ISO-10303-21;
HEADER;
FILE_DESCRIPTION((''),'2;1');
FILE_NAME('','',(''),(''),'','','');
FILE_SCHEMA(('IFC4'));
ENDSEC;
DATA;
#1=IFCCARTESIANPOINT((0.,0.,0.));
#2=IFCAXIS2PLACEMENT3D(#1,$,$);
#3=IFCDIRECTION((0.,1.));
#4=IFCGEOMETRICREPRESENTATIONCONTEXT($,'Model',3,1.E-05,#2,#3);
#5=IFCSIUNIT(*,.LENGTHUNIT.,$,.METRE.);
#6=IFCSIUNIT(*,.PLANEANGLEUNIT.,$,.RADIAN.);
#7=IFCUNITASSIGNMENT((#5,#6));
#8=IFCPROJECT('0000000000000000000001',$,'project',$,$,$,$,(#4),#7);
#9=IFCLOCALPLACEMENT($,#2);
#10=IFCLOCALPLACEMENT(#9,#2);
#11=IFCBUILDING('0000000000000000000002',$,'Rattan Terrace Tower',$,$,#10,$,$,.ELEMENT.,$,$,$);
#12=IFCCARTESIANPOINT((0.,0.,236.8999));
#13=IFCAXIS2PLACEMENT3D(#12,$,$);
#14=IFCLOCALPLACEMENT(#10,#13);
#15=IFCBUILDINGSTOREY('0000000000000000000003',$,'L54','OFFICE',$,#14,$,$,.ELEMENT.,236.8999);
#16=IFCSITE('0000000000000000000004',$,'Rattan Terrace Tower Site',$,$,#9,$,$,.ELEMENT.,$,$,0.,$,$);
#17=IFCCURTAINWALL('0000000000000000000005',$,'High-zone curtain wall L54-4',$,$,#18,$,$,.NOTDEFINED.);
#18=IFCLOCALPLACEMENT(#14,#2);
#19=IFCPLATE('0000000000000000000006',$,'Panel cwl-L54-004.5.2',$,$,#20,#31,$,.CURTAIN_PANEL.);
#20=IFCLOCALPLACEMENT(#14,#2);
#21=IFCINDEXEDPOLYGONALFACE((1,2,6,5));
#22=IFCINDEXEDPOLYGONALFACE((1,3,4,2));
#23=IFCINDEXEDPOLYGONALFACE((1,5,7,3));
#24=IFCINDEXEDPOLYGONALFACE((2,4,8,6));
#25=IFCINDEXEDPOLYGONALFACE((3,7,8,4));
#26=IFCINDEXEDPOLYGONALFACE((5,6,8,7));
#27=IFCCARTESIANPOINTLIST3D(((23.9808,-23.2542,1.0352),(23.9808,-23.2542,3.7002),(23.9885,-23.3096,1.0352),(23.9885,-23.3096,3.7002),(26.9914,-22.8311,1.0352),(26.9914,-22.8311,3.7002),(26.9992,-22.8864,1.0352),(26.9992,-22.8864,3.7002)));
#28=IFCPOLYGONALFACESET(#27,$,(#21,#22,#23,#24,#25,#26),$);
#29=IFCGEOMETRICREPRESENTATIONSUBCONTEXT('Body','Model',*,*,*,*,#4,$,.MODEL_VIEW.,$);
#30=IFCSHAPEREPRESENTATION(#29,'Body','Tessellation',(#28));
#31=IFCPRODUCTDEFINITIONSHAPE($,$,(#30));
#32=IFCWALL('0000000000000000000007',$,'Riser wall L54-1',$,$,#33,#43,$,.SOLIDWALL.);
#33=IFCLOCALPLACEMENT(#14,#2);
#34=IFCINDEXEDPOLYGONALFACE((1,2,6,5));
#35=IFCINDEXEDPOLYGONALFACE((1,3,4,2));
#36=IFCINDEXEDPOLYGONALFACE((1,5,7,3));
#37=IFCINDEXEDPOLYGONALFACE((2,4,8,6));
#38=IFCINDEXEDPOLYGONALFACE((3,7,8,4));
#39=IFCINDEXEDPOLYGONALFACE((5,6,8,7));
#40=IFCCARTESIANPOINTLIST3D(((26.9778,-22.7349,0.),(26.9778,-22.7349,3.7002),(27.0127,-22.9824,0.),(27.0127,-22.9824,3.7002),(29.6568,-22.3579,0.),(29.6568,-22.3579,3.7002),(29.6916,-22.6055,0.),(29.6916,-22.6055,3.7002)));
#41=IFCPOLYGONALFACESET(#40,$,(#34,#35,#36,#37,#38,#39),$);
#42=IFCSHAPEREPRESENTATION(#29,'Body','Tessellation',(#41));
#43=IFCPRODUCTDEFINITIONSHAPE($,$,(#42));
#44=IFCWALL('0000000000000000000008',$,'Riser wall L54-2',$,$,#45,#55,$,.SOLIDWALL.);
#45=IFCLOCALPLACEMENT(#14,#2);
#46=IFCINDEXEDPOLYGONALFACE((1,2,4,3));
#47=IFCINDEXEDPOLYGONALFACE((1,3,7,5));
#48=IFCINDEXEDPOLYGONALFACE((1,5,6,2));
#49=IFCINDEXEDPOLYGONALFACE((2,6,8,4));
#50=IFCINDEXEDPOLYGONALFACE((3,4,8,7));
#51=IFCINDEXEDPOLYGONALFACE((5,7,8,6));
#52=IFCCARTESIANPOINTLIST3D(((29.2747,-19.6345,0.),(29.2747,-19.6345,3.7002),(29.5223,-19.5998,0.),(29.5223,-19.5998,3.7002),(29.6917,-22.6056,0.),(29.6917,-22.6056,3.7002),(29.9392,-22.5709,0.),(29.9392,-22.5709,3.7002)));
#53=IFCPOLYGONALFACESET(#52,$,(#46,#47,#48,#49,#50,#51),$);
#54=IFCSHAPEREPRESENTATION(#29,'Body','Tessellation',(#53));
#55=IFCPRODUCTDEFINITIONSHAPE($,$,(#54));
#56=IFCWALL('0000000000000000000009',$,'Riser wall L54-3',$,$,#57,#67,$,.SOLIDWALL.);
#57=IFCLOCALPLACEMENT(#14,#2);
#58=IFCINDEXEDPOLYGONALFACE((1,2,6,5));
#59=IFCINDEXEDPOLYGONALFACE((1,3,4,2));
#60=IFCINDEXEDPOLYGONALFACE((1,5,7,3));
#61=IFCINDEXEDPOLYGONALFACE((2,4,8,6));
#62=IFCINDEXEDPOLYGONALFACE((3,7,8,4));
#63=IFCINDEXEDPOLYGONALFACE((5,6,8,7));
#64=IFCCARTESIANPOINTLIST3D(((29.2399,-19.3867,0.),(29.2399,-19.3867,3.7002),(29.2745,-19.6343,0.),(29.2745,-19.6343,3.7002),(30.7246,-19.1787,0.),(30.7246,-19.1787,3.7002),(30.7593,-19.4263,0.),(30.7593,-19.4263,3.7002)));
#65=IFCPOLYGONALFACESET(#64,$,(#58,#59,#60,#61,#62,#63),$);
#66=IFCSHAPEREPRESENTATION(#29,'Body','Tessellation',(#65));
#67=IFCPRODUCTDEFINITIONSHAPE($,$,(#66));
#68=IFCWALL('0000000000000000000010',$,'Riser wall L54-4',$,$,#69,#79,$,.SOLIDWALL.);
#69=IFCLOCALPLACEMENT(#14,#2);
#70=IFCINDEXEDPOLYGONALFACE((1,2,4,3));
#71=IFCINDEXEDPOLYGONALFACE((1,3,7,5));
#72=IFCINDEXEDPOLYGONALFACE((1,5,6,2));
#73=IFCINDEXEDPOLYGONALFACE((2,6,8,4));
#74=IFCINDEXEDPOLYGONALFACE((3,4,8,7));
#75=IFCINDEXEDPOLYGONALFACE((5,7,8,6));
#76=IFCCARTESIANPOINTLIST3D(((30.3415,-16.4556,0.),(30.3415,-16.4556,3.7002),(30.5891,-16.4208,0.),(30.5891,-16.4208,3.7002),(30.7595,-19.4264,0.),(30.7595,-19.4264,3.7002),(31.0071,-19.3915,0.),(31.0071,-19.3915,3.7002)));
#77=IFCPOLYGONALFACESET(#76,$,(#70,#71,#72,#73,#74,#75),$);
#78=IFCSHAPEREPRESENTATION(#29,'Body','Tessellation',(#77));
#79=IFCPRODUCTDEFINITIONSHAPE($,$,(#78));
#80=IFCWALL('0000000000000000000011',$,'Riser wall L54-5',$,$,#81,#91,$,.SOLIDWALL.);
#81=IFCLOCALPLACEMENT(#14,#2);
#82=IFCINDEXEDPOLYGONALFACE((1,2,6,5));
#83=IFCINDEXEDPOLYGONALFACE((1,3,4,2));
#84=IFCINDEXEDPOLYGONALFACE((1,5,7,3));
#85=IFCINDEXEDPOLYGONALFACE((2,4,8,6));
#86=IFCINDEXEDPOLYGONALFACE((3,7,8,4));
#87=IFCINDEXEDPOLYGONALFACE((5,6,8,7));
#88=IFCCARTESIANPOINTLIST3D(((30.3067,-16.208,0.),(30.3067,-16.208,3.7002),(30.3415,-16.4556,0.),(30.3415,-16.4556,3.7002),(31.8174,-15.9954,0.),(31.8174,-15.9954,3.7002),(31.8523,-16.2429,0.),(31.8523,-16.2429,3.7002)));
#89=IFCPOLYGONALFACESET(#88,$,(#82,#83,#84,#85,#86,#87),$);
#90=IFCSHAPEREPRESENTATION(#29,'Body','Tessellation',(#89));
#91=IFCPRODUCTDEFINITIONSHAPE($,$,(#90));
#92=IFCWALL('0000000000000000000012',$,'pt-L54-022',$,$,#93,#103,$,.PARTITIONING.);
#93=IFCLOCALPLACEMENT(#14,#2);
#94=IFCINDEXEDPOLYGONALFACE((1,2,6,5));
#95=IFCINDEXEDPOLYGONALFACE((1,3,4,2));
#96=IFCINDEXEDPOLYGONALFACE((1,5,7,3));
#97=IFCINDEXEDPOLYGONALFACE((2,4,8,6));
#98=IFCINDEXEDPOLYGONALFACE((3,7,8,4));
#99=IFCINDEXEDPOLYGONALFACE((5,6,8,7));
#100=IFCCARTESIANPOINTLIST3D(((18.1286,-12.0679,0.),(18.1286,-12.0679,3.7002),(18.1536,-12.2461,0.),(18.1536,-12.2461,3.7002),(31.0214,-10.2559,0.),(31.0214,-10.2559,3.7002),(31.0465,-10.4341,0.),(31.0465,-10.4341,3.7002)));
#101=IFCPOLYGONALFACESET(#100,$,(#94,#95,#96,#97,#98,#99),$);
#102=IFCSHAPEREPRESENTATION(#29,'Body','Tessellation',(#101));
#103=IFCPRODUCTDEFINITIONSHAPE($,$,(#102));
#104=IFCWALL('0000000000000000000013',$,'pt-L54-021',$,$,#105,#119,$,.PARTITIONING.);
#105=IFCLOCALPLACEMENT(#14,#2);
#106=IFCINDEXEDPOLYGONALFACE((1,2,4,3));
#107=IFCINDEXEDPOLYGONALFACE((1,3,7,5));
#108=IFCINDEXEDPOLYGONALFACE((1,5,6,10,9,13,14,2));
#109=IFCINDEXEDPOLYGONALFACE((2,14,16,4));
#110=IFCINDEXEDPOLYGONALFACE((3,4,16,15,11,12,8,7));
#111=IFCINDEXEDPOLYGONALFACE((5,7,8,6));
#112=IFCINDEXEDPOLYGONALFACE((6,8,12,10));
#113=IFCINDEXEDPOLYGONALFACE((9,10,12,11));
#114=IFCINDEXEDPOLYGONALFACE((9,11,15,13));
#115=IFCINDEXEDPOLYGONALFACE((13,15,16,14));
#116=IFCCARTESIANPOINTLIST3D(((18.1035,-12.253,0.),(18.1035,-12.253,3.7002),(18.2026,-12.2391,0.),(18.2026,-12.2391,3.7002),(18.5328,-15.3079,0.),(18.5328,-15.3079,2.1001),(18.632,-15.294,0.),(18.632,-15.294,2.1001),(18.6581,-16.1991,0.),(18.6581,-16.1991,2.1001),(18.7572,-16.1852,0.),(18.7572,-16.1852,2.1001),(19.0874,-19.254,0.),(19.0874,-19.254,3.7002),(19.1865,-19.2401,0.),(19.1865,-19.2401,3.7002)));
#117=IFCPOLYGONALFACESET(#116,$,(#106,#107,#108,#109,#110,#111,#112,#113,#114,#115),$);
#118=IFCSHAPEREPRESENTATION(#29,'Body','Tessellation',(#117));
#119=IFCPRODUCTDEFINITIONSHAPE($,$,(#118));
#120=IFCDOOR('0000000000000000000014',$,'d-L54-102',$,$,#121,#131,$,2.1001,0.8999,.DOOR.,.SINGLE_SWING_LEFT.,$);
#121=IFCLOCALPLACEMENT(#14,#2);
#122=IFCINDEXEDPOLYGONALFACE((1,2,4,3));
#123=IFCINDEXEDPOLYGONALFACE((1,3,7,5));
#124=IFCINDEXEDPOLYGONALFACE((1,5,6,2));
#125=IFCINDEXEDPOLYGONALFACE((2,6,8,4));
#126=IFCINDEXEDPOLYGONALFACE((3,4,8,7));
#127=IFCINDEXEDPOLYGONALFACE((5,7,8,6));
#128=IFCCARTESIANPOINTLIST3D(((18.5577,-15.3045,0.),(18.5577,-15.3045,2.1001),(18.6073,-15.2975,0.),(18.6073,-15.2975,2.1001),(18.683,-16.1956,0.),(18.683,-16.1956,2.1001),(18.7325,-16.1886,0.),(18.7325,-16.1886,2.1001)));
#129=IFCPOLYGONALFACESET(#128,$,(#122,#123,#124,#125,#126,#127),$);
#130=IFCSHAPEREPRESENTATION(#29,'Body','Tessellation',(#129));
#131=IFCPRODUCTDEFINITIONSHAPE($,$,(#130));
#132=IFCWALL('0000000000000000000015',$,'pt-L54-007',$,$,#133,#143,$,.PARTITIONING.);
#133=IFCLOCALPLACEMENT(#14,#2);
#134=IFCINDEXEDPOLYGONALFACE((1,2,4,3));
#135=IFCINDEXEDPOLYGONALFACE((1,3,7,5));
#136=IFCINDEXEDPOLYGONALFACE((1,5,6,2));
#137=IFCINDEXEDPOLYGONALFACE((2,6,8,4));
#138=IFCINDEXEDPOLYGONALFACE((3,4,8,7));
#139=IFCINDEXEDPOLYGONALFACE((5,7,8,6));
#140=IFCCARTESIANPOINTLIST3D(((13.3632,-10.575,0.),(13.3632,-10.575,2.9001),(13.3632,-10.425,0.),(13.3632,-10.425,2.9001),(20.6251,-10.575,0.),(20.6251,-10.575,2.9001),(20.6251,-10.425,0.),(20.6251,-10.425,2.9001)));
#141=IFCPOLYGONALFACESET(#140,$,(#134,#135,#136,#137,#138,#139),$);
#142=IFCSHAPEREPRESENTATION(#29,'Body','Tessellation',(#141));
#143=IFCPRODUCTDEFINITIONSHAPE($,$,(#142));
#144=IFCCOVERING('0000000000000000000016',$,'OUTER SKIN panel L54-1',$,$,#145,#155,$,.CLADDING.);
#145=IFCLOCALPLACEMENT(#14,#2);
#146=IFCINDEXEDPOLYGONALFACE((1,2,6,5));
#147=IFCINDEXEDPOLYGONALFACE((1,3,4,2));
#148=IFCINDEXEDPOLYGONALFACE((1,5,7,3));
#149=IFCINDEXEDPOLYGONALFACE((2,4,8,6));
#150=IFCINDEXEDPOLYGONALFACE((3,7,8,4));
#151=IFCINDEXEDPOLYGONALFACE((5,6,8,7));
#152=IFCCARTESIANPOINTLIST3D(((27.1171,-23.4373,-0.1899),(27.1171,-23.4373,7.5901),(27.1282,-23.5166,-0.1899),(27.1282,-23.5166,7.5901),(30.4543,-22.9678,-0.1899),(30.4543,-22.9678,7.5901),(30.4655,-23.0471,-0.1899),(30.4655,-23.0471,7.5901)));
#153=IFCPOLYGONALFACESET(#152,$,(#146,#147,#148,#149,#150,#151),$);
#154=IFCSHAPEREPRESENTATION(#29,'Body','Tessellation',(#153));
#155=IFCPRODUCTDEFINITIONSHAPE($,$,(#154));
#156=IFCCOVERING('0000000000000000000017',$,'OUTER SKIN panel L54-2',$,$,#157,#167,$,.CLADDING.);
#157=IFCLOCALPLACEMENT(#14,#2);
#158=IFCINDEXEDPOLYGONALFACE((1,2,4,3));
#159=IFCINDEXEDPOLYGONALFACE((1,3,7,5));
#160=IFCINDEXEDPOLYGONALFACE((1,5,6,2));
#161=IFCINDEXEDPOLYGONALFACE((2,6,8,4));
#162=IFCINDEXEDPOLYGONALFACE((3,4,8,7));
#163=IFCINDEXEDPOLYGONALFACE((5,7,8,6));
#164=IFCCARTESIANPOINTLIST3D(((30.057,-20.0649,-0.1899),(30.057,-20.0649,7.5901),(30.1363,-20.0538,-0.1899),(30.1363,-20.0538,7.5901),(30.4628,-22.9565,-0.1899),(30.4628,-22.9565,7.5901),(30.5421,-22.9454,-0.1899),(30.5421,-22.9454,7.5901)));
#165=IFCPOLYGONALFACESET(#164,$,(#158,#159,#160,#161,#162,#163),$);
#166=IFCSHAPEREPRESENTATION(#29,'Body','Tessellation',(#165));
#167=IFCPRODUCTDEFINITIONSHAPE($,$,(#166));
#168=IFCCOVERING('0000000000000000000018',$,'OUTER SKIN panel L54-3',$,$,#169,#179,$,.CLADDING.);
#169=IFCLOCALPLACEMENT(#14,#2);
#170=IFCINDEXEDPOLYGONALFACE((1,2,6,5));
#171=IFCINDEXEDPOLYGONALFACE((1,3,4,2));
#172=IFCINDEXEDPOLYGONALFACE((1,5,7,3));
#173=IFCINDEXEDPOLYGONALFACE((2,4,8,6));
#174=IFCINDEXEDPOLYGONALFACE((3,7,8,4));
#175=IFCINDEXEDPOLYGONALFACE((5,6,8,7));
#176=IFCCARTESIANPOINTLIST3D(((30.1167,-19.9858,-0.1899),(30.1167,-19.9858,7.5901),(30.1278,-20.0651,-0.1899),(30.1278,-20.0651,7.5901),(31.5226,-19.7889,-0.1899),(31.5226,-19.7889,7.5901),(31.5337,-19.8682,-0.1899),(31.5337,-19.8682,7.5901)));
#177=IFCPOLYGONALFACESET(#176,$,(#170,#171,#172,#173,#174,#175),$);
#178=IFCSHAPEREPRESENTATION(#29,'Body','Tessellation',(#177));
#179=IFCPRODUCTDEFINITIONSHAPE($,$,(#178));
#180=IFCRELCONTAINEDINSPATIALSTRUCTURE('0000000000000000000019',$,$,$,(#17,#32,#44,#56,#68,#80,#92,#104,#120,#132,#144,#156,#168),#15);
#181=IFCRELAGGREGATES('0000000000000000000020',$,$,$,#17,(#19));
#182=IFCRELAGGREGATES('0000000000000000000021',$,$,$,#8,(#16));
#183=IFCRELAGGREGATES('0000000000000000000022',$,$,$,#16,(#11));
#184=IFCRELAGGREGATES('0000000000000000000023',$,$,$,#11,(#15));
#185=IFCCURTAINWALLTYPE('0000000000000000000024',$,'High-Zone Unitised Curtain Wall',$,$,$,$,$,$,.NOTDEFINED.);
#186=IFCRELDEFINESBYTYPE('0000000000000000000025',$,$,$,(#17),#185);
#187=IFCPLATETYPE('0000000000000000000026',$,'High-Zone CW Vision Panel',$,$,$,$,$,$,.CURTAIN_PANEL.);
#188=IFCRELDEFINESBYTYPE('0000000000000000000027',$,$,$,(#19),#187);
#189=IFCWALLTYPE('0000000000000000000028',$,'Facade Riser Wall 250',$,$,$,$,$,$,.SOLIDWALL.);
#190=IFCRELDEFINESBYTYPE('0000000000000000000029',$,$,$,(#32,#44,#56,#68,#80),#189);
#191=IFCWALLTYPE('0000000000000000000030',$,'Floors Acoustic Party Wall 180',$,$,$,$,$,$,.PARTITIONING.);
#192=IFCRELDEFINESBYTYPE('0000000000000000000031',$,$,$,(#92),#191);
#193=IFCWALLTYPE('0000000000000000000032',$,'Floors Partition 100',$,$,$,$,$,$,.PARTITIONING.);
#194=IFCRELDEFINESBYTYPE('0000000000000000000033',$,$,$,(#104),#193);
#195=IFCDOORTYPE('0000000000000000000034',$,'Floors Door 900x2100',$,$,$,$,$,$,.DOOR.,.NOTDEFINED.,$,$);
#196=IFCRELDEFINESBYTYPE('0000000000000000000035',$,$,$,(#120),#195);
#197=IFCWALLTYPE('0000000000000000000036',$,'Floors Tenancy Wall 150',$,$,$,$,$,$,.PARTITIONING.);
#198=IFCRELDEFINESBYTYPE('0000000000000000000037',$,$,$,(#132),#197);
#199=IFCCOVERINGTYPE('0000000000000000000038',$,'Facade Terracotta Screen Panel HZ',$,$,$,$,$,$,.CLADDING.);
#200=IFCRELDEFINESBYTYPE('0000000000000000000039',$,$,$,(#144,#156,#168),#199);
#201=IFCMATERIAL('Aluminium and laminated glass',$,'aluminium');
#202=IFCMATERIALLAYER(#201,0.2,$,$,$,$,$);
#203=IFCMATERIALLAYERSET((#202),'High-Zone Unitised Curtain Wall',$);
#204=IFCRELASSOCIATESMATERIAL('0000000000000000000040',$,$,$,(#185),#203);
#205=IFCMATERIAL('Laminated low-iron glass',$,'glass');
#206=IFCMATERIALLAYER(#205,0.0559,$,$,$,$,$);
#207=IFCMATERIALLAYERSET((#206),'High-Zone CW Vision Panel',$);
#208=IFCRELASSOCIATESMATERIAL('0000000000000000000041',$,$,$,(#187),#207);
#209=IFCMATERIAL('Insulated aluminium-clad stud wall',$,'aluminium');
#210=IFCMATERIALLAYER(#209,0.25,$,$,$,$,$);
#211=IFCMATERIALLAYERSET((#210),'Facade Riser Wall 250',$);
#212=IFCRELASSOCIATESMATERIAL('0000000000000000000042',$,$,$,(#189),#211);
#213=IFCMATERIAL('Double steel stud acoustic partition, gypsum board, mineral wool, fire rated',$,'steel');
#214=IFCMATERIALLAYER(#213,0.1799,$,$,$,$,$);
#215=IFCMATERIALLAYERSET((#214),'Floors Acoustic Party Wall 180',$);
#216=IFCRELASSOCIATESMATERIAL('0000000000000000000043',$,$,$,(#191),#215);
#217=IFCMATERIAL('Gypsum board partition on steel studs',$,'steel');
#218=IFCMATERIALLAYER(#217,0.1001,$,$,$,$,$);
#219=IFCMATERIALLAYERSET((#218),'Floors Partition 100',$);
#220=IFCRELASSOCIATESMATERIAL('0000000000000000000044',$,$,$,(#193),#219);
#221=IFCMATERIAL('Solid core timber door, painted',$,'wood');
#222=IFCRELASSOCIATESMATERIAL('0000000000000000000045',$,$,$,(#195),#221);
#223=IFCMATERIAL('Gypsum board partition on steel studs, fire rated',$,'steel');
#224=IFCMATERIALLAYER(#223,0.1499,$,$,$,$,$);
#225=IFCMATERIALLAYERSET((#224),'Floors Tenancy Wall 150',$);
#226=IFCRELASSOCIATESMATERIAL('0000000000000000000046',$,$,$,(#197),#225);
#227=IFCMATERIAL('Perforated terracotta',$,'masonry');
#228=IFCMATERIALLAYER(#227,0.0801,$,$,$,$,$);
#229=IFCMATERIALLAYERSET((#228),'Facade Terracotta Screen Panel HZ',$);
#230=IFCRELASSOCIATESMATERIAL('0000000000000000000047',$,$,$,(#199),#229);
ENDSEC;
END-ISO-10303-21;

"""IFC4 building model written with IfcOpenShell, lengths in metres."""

from ifc_helpers import new_model, si_unit, direction, frame, frame_2d, origin, origin_2d, place, context, subcontext, project, spatial, rectangle, extrude, material, layer, layer_set, type_object, element, fill, aggregate, save


model = new_model("IFC4")

# Units and contexts
model_context = context("Model", 3, precision=1e-05, world=origin(), true_north=direction((0.0, 1.0)))
body_context = subcontext(model_context, "Body", "Model", "MODEL_VIEW")
ifc_project = project(units=[si_unit("LENGTHUNIT", "METRE"), si_unit("PLANEANGLEUNIT", "RADIAN")], contexts=[model_context])

# Site, building, storey
site_placement = place(None, origin())
site = spatial("IfcSite", under=ifc_project, at=site_placement, Name="Rattan Terrace Tower Site", CompositionType="ELEMENT", RefElevation=0.0)
building_placement = place(site_placement, origin())
building = spatial("IfcBuilding", under=site, at=building_placement, Name="Rattan Terrace Tower", CompositionType="ELEMENT")
storey_placement = place(building_placement, frame((0.0, 0.0, 236.8999)))
storey = spatial("IfcBuildingStorey", under=building, at=storey_placement, Name="L54", Description="OFFICE", CompositionType="ELEMENT", Elevation=236.8999)

# Shared definitions
ifc_material_1 = material(Name="Aluminium and laminated glass", Category="aluminium")
ifc_layer_1 = layer(ifc_material_1, 0.2)
ifc_layer_set_1 = layer_set([ifc_layer_1], Name="High-Zone Unitised Curtain Wall")
curtain_wall_type = type_object("IfcCurtainWallType", Name="High-Zone Unitised Curtain Wall", PredefinedType="NOTDEFINED", material=ifc_layer_set_1)

# Curtain wall
curtain_wall_1_placement = place(storey_placement, origin())
curtain_wall_1 = element("IfcCurtainWall", 1, at=curtain_wall_1_placement, inside=storey, type_object=curtain_wall_type, Name="High-zone curtain wall L54-4", PredefinedType="NOTDEFINED")

# Plate
ifc_material_2 = material(Name="Laminated low-iron glass", Category="glass")
ifc_layer_2 = layer(ifc_material_2, 0.0559)
ifc_layer_set_2 = layer_set([ifc_layer_2], Name="High-Zone CW Vision Panel")
plate_type_1 = type_object("IfcPlateType", Name="High-Zone CW Vision Panel", PredefinedType="CURTAIN_PANEL", material=ifc_layer_set_2)
plate_1_placement = place(storey_placement, frame((25.49, -23.0703, 1.0352), z_axis=(0.0, 0.0, 1.0), x_axis=(0.990267, 0.139177, 0.0)))
plate_1 = element("IfcPlate", 2, at=plate_1_placement, type_object=plate_type_1, Name="Panel cwl-L54-004.5.2", PredefinedType="CURTAIN_PANEL", context=body_context, shape_type="SweptSolid", body=[
    extrude(rectangle(XDim=3.0403, YDim=0.0559, at=origin_2d()), origin(), (0.0, 0.0, 1.0), 2.665),
])
aggregate(curtain_wall_1, [plate_1])

# Walls
ifc_material_3 = material(Name="Insulated aluminium-clad stud wall", Category="aluminium")
ifc_layer_3 = layer(ifc_material_3, 0.25)
ifc_layer_set_3 = layer_set([ifc_layer_3], Name="Facade Riser Wall 250")
wall_type_1 = type_object("IfcWallType", Name="Facade Riser Wall 250", PredefinedType="SOLIDWALL", material=ifc_layer_set_3)
wall_1_placement = place(storey_placement, frame((26.9954, -22.8586, 0.0), z_axis=(0.0, 0.0, 1.0), x_axis=(0.990245, 0.139336, 0.0)))
element("IfcWall", 3, at=wall_1_placement, inside=storey, type_object=wall_type_1, Name="Riser wall L54-1", PredefinedType="SOLIDWALL", context=body_context, shape_type="SweptSolid", body=[
    extrude(rectangle(XDim=2.7053, YDim=0.25, at=frame_2d((1.3525, 0.0))), origin(), (0.0, 0.0, 1.0), 3.7002),
])
wall_2_placement = place(storey_placement, frame((29.8154, -22.5881, 0.0), z_axis=(0.0, 0.0, 1.0), x_axis=(-0.138983, 0.990295, 0.0)))
element("IfcWall", 4, at=wall_2_placement, inside=storey, type_object=wall_type_1, Name="Riser wall L54-2", PredefinedType="SOLIDWALL", context=body_context, shape_type="SweptSolid", body=[
    extrude(rectangle(XDim=3.0002, YDim=0.25, at=frame_2d((1.5, 0.0))), origin(), (0.0, 0.0, 1.0), 3.7002),
])
wall_3_placement = place(storey_placement, frame((29.2573, -19.5105, 0.0), z_axis=(0.0, 0.0, 1.0), x_axis=(0.99033, 0.138731, 0.0)))
element("IfcWall", 5, at=wall_3_placement, inside=storey, type_object=wall_type_1, Name="Riser wall L54-3", PredefinedType="SOLIDWALL", context=body_context, shape_type="SweptSolid", body=[
    extrude(rectangle(XDim=1.4993, YDim=0.25, at=frame_2d((0.7495, 0.0))), origin(), (0.0, 0.0, 1.0), 3.7002),
])
wall_4_placement = place(storey_placement, frame((30.8833, -19.4089, 0.0), z_axis=(0.0, 0.0, 1.0), x_axis=(-0.139325, 0.990247, 0.0)))
element("IfcWall", 6, at=wall_4_placement, inside=storey, type_object=wall_type_1, Name="Riser wall L54-4", PredefinedType="SOLIDWALL", context=body_context, shape_type="SweptSolid", body=[
    extrude(rectangle(XDim=3.0, YDim=0.25, at=frame_2d((1.5, 0.0))), origin(), (0.0, 0.0, 1.0), 3.7002),
])
wall_5_placement = place(storey_placement, frame((30.3242, -16.3318, 0.0), z_axis=(0.0, 0.0, 1.0), x_axis=(0.990239, 0.139382, 0.0)))
element("IfcWall", 7, at=wall_5_placement, inside=storey, type_object=wall_type_1, Name="Riser wall L54-5", PredefinedType="SOLIDWALL", context=body_context, shape_type="SweptSolid", body=[
    extrude(rectangle(XDim=1.5256, YDim=0.25, at=frame_2d((0.7627, 0.0))), origin(), (0.0, 0.0, 1.0), 3.7002),
])
ifc_material_4 = material(Name="Double steel stud acoustic partition, gypsum board, mineral wool, fire rated", Category="steel")
ifc_layer_4 = layer(ifc_material_4, 0.1799)
ifc_layer_set_4 = layer_set([ifc_layer_4], Name="Floors Acoustic Party Wall 180")
wall_type_2 = type_object("IfcWallType", Name="Floors Acoustic Party Wall 180", PredefinedType="PARTITIONING", material=ifc_layer_set_4)
wall_6_placement = place(storey_placement, frame((18.1411, -12.157, 0.0), z_axis=(0.0, 0.0, 1.0), x_axis=(0.990268, 0.139176, 0.0)))
element("IfcWall", 8, at=wall_6_placement, inside=storey, type_object=wall_type_2, Name="pt-L54-022", PredefinedType="PARTITIONING", context=body_context, shape_type="SweptSolid", body=[
    extrude(rectangle(XDim=13.0195, YDim=0.1799, at=frame_2d((6.5098, 0.0))), origin(), (0.0, 0.0, 1.0), 3.7002),
])

# Wall, opening, door
ifc_material_5 = material(Name="Gypsum board partition on steel studs", Category="steel")
ifc_layer_5 = layer(ifc_material_5, 0.1001)
ifc_layer_set_5 = layer_set([ifc_layer_5], Name="Floors Partition 100")
wall_type_3 = type_object("IfcWallType", Name="Floors Partition 100", PredefinedType="PARTITIONING", material=ifc_layer_set_5)
wall_7_placement = place(storey_placement, frame((19.137, -19.2471, 0.0), z_axis=(0.0, 0.0, 1.0), x_axis=(-0.139168, 0.990269, 0.0)))
wall_7 = element("IfcWall", 9, at=wall_7_placement, inside=storey, type_object=wall_type_3, Name="pt-L54-021", PredefinedType="PARTITIONING", context=body_context, shape_type="SweptSolid", body=[
    extrude(rectangle(XDim=7.0698, YDim=0.1001, at=frame_2d((3.5349, 0.0))), origin(), (0.0, 0.0, 1.0), 3.7002),
])
opening_placement = place(wall_7_placement, frame((3.085, 0.0, 0.0)))
opening = element("IfcOpeningElement", 10, at=opening_placement, cuts=wall_7, PredefinedType="OPENING", context=body_context, shape_type="SweptSolid", body=[
    extrude(rectangle(XDim=0.8999, YDim=2.1001, at=frame_2d((0.45, 1.05))), frame((0.0, 0.0605, 0.0), z_axis=(0.0, -1.0, 0.0), x_axis=(1.0, 0.0, 0.0)), (0.0, 0.0, 1.0), 0.1211),
])
ifc_material_6 = material(Name="Solid core timber door, painted", Category="wood")
door_type = type_object("IfcDoorType", Name="Floors Door 900x2100", OperationType="NOTDEFINED", PredefinedType="DOOR", material=ifc_material_6)
door_placement = place(opening_placement, origin())
door = element("IfcDoor", 11, at=door_placement, inside=storey, type_object=door_type, Name="d-L54-102", OperationType="SINGLE_SWING_LEFT", OverallHeight=2.1001, OverallWidth=0.8999, PredefinedType="DOOR", context=body_context, shape_type="SweptSolid", body=[
    extrude(rectangle(XDim=0.8999, YDim=2.1001, at=frame_2d((0.45, 1.05))), frame((0.0, 0.0249, 0.0), z_axis=(0.0, -1.0, 0.0), x_axis=(1.0, 0.0, 0.0)), (0.0, 0.0, 1.0), 0.05),
])
fill(opening, door)

# Wall
ifc_material_7 = material(Name="Gypsum board partition on steel studs, fire rated", Category="steel")
ifc_layer_6 = layer(ifc_material_7, 0.1499)
ifc_layer_set_6 = layer_set([ifc_layer_6], Name="Floors Tenancy Wall 150")
wall_type_4 = type_object("IfcWallType", Name="Floors Tenancy Wall 150", PredefinedType="PARTITIONING", material=ifc_layer_set_6)
wall_8_placement = place(storey_placement, frame((20.625, -10.5, 0.0), z_axis=(0.0, 0.0, 1.0), x_axis=(-1.0, 0.0, 0.0)))
element("IfcWall", 12, at=wall_8_placement, inside=storey, type_object=wall_type_4, Name="pt-L54-007", PredefinedType="PARTITIONING", context=body_context, shape_type="SweptSolid", body=[
    extrude(rectangle(XDim=7.262, YDim=0.1499, at=frame_2d((3.6309, 0.0))), origin(), (0.0, 0.0, 1.0), 2.9001),
])

# Coverings
ifc_material_8 = material(Name="Perforated terracotta", Category="masonry")
ifc_layer_7 = layer(ifc_material_8, 0.0801)
ifc_layer_set_7 = layer_set([ifc_layer_7], Name="Facade Terracotta Screen Panel HZ")
covering_type = type_object("IfcCoveringType", Name="Facade Terracotta Screen Panel HZ", PredefinedType="CLADDING", material=ifc_layer_set_7)
covering_1_placement = place(storey_placement, frame((28.7913, -23.2422, -0.1899), z_axis=(0.0, 0.0, 1.0), x_axis=(0.990247, 0.139321, 0.0)))
element("IfcCovering", 13, at=covering_1_placement, inside=storey, type_object=covering_type, Name="OUTER SKIN panel L54-1", PredefinedType="CLADDING", context=body_context, shape_type="SweptSolid", body=[
    extrude(rectangle(XDim=3.3701, YDim=0.0801, at=origin_2d()), origin(), (0.0, 0.0, 1.0), 7.78),
])
covering_2_placement = place(storey_placement, frame((30.2996, -21.5051, -0.1899), z_axis=(0.0, 0.0, 1.0), x_axis=(-0.138994, 0.990293, 0.0)))
element("IfcCovering", 14, at=covering_2_placement, inside=storey, type_object=covering_type, Name="OUTER SKIN panel L54-2", PredefinedType="CLADDING", context=body_context, shape_type="SweptSolid", body=[
    extrude(rectangle(XDim=2.9199, YDim=0.0801, at=origin_2d()), origin(), (0.0, 0.0, 1.0), 7.78),
])
covering_3_placement = place(storey_placement, frame((30.8252, -19.927, -0.1899), z_axis=(0.0, 0.0, 1.0), x_axis=(0.990333, 0.138713, 0.0)))
element("IfcCovering", 15, at=covering_3_placement, inside=storey, type_object=covering_type, Name="OUTER SKIN panel L54-3", PredefinedType="CLADDING", context=body_context, shape_type="SweptSolid", body=[
    extrude(rectangle(XDim=1.4197, YDim=0.0801, at=origin_2d()), origin(), (0.0, 0.0, 1.0), 7.78),
])

save(model, "model.ifc")
